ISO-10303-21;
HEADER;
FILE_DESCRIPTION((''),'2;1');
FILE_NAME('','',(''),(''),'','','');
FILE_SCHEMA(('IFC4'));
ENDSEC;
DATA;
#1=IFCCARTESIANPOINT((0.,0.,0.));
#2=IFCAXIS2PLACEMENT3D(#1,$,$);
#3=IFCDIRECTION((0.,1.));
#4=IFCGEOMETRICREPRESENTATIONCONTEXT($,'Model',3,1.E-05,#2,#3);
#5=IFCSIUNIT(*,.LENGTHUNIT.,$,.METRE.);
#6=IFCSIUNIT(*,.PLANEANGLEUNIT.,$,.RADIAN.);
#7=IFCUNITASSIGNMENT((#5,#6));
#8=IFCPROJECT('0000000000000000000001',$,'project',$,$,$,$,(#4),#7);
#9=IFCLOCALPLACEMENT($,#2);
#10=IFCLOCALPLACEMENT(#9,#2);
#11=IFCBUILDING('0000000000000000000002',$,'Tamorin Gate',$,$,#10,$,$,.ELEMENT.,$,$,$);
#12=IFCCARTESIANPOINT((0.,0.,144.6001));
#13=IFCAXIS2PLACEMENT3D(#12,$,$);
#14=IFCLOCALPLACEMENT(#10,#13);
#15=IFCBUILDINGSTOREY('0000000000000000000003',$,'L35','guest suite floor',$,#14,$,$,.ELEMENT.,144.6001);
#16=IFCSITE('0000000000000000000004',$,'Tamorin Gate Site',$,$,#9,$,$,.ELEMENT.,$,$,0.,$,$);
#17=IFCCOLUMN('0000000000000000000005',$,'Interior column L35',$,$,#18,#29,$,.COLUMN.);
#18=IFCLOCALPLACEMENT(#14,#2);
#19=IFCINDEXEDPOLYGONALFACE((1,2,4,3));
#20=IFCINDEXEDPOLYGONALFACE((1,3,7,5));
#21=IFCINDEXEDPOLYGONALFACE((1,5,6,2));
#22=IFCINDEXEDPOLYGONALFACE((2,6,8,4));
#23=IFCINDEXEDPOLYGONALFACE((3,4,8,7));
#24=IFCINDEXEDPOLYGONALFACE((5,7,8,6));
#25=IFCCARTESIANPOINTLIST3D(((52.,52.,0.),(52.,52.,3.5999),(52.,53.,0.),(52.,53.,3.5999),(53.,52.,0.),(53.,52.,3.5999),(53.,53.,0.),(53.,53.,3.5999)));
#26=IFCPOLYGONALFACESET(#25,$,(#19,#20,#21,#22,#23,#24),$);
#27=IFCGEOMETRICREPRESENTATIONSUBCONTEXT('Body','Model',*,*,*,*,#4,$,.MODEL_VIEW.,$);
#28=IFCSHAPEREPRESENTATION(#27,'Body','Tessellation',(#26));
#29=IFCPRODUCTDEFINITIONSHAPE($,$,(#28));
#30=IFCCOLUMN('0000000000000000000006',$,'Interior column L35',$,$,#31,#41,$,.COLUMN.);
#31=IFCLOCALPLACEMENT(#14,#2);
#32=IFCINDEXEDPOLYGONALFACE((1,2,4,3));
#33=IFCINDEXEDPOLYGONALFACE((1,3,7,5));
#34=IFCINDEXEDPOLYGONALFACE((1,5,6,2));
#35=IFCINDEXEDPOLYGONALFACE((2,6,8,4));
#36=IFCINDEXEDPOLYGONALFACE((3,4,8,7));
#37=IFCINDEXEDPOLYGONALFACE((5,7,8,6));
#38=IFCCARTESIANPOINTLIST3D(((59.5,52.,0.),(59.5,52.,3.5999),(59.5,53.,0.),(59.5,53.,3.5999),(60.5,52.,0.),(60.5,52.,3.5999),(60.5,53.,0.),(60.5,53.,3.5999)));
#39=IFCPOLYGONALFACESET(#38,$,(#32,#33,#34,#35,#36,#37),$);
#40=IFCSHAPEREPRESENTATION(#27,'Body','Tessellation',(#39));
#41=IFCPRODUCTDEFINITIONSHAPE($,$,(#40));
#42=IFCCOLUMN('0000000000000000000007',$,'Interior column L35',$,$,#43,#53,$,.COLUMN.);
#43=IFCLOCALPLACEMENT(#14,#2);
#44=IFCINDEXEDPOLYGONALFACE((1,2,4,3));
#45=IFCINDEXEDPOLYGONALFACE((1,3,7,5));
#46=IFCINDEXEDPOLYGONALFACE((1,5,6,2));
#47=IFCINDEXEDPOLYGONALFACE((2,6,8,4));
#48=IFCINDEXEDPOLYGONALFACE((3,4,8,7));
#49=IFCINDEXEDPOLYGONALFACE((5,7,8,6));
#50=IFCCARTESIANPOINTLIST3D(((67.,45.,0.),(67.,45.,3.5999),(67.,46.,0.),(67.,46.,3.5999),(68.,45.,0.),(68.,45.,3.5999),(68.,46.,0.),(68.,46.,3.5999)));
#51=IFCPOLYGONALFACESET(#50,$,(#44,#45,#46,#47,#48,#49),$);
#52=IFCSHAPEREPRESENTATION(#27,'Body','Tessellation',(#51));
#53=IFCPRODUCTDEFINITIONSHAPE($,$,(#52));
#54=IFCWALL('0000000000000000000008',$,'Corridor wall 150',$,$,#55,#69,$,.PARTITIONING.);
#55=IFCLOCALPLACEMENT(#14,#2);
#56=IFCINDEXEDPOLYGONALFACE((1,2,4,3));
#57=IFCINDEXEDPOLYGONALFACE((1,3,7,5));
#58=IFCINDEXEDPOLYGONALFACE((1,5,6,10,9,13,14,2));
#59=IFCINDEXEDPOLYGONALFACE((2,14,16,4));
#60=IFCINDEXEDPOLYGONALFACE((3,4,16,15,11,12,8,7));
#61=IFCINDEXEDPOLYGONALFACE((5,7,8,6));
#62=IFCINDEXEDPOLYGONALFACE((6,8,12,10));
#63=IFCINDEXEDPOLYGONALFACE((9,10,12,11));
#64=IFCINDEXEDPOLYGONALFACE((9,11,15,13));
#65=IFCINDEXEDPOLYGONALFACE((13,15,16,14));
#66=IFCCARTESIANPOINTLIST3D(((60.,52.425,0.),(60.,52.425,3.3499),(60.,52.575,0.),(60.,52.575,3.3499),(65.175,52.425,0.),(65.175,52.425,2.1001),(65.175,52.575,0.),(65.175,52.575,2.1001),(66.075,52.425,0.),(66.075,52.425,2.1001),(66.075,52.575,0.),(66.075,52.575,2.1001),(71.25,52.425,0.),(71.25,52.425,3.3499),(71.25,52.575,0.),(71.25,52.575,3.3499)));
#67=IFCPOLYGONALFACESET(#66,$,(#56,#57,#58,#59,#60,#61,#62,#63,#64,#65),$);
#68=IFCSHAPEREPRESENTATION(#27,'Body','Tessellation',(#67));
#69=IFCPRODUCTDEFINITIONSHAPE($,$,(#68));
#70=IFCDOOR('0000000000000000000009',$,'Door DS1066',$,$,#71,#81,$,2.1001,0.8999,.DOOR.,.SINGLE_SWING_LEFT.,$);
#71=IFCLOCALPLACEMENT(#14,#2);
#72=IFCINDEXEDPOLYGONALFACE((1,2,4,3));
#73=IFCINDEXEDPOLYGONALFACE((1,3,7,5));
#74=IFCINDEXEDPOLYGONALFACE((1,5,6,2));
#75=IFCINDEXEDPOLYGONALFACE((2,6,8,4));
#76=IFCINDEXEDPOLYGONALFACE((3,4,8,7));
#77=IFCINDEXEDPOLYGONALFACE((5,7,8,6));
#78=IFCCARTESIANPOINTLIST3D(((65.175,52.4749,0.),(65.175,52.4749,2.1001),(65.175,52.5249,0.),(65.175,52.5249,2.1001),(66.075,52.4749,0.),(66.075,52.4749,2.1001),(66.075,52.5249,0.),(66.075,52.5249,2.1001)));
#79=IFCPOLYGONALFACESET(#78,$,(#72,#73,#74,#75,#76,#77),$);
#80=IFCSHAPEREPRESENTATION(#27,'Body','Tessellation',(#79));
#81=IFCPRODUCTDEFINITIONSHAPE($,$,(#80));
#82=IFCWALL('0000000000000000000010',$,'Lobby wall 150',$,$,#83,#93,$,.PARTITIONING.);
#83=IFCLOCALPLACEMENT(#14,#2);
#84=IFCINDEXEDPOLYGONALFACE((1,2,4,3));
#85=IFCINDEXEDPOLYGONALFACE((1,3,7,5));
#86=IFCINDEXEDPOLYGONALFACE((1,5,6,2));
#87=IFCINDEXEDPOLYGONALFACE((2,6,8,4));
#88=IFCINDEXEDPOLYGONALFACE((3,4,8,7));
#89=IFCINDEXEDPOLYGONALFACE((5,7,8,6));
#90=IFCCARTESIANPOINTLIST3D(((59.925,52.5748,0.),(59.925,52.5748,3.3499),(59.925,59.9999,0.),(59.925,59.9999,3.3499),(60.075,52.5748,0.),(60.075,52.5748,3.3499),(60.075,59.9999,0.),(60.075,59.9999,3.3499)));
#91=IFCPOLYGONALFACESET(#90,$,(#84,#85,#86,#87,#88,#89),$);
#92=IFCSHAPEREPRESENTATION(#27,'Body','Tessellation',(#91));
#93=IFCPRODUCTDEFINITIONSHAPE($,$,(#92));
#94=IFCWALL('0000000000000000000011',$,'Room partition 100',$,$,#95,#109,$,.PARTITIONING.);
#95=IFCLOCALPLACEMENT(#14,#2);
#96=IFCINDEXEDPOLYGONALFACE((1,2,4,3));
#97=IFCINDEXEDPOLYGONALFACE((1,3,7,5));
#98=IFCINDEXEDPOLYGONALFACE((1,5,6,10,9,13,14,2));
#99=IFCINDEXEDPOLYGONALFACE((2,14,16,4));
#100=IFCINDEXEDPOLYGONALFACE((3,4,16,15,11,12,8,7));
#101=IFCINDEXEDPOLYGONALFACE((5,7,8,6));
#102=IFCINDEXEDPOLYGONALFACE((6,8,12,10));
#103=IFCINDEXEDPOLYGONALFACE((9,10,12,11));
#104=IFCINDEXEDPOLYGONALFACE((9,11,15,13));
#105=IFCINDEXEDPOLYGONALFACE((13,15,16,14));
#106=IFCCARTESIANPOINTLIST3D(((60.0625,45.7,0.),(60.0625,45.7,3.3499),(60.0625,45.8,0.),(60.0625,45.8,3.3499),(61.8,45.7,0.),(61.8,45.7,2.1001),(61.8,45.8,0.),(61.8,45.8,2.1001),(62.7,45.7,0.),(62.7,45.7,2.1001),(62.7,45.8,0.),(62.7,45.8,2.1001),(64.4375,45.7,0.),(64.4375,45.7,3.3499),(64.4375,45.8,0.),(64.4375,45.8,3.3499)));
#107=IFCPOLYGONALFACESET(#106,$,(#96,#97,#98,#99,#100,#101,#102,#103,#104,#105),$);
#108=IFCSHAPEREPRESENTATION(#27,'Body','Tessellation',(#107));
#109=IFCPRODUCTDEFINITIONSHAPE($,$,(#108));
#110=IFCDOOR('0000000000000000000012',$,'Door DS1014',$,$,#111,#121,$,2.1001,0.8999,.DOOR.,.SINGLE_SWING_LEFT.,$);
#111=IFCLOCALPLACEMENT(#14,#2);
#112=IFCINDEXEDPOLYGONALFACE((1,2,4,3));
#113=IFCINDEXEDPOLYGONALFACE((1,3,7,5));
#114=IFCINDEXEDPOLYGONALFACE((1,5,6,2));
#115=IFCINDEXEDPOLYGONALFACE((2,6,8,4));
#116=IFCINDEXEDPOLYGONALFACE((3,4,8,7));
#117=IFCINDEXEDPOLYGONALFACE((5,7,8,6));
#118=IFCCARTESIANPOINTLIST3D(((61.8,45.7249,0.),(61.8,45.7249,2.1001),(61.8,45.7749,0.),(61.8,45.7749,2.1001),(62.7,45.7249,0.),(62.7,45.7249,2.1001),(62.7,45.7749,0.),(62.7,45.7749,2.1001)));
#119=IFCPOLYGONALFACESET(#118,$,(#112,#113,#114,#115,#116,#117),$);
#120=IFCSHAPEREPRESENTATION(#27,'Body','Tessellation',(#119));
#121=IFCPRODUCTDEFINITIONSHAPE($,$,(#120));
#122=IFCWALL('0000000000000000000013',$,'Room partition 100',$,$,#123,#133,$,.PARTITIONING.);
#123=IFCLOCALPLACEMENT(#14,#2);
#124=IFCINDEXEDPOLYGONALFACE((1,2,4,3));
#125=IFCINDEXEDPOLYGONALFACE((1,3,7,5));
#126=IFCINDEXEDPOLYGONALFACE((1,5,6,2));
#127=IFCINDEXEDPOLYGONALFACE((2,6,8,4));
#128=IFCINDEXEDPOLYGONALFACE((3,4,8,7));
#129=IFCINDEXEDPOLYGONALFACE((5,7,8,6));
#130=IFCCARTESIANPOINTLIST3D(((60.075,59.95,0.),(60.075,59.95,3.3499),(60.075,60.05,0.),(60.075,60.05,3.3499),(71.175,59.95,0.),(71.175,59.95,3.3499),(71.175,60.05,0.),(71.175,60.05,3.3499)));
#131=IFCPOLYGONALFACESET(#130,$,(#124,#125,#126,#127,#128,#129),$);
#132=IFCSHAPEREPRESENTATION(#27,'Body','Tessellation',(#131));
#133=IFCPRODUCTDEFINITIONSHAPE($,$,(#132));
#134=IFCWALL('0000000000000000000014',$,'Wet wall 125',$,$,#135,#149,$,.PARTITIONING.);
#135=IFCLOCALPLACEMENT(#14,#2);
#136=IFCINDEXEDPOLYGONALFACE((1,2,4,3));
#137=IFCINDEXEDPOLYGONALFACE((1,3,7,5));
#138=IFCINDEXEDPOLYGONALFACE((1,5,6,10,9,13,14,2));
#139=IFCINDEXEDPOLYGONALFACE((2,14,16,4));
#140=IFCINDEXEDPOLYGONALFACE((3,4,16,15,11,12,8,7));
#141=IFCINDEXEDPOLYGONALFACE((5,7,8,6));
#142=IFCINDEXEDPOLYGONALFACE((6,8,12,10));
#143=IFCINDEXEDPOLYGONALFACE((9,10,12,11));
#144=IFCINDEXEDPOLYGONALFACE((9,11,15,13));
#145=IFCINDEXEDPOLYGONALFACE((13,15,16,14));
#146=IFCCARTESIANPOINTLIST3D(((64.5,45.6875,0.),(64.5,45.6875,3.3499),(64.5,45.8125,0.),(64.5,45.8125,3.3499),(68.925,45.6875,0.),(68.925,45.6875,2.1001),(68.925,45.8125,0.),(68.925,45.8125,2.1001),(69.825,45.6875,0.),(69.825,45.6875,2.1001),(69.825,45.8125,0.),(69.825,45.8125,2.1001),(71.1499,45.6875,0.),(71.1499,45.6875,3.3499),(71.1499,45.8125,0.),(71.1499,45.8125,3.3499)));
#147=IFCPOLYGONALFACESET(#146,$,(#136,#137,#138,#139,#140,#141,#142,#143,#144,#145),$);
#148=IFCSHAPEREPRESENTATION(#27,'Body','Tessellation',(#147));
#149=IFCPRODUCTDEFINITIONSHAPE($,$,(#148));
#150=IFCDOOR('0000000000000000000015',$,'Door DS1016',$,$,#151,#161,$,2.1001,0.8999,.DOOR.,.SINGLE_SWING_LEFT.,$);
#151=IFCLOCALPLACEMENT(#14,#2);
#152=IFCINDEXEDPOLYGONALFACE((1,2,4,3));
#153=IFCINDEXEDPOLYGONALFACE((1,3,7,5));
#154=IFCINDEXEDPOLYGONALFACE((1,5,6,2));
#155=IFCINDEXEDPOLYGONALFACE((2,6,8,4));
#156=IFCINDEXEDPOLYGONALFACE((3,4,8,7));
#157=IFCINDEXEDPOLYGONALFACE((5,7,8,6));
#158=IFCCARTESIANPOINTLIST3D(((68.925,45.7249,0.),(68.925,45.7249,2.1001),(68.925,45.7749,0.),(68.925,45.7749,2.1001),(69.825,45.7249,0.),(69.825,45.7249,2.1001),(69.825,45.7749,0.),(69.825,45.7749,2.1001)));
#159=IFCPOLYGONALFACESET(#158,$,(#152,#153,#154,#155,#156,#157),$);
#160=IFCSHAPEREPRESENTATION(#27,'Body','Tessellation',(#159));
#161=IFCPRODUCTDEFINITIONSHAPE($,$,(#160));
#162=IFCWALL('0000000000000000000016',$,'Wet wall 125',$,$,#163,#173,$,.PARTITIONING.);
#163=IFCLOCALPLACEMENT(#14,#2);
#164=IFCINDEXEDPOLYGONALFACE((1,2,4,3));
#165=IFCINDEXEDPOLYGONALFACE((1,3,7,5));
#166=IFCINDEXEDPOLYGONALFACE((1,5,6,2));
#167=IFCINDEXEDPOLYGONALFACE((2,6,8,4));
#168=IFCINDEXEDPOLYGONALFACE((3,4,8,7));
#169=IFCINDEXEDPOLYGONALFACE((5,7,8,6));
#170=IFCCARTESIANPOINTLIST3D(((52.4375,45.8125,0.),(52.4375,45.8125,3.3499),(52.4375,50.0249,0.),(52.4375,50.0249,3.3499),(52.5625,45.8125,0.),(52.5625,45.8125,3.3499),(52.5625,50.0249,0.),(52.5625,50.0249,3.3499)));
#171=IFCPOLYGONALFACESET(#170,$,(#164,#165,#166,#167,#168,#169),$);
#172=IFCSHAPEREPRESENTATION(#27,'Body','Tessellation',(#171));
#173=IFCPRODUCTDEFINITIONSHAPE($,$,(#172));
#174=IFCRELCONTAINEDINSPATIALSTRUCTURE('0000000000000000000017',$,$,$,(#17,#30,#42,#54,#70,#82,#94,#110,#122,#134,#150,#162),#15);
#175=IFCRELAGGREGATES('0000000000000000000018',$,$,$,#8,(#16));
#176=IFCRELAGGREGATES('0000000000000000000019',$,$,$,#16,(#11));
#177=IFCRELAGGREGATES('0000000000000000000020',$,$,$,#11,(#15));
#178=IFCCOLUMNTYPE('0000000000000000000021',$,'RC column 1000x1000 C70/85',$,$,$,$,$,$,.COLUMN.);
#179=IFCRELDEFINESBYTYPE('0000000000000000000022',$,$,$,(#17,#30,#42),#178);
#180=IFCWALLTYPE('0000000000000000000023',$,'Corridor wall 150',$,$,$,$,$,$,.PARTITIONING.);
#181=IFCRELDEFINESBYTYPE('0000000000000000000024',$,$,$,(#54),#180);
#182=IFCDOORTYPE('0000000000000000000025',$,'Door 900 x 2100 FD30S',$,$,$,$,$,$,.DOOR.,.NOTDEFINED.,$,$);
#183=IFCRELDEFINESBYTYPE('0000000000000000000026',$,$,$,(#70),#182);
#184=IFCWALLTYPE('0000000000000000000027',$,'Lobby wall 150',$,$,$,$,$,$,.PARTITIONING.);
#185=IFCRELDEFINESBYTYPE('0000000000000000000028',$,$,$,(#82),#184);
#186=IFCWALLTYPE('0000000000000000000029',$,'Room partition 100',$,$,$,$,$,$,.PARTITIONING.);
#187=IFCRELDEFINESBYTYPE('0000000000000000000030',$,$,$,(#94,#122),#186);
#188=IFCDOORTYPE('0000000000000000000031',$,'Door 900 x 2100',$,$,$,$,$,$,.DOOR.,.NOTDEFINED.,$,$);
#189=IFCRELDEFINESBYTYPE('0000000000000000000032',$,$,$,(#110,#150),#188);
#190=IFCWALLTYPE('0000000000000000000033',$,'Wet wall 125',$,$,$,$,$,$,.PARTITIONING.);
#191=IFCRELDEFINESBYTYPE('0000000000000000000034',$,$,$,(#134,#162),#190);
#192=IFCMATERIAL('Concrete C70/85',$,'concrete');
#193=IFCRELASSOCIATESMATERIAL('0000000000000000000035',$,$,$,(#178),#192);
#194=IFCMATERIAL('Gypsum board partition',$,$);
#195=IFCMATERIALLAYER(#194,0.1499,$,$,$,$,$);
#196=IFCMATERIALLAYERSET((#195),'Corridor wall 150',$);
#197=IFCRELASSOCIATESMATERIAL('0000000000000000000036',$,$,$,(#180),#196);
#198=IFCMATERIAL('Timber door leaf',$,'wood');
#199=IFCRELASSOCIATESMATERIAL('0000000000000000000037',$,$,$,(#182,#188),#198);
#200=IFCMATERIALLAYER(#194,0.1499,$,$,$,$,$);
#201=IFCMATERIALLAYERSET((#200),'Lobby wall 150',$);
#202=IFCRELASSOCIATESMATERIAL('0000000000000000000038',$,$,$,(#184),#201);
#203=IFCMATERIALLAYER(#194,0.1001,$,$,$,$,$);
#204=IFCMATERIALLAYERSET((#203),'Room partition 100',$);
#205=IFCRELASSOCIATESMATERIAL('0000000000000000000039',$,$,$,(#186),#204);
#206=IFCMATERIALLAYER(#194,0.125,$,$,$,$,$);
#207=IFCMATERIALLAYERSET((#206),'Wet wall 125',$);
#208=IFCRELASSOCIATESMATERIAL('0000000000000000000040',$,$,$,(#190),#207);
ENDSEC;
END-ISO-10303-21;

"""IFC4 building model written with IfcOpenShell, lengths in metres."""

from ifc_helpers import new_model, si_unit, direction, frame, frame_2d, origin, origin_2d, place, context, subcontext, project, spatial, rectangle, extrude, material, layer, layer_set, material_profile, profile_set, type_object, element, fill, save


model = new_model("IFC4")

# Units and contexts
model_context = context("Model", 3, precision=1e-05, world=origin(), true_north=direction((0.0, 1.0)))
body_context = subcontext(model_context, "Body", "Model", "MODEL_VIEW")
ifc_project = project(units=[si_unit("LENGTHUNIT", "METRE"), si_unit("PLANEANGLEUNIT", "RADIAN")], contexts=[model_context])

# Site, building, storey
site_placement = place(None, origin())
site = spatial("IfcSite", under=ifc_project, at=site_placement, Name="Tamorin Gate Site", CompositionType="ELEMENT", RefElevation=0.0)
building_placement = place(site_placement, origin())
building = spatial("IfcBuilding", under=site, at=building_placement, Name="Tamorin Gate", CompositionType="ELEMENT")
storey_placement = place(building_placement, frame((0.0, 0.0, 144.6001)))
storey = spatial("IfcBuildingStorey", under=building, at=storey_placement, Name="L35", Description="guest suite floor", CompositionType="ELEMENT", Elevation=144.6001)

# Columns
ifc_material_1 = material(Name="Concrete C70/85", Category="concrete")
ifc_material_profile = material_profile(ifc_material_1, rectangle(XDim=1.0, YDim=1.0, at=origin_2d()), Name="RC 1000x1000")
ifc_profile_set = profile_set([ifc_material_profile], Name="Concrete C70/85")
column_type = type_object("IfcColumnType", Name="RC column 1000x1000 C70/85", PredefinedType="COLUMN", material=ifc_profile_set)
for number, where, z_axis, x_axis, name in (
    (1, (52.5, 52.5, 0.0), (0.0, 0.0, 1.0), (1.0, 0.0, 0.0), "Interior column L35"),
    (2, (60.0, 52.5, 0.0), (0.0, 0.0, 1.0), (1.0, 0.0, 0.0), "Interior column L35"),
    (3, (67.5, 45.5, 0.0), (0.0, 0.0, 1.0), (1.0, 0.0, 0.0), "Interior column L35"),
):
    element("IfcColumn", number, at=place(storey_placement, frame(where, z_axis=z_axis, x_axis=x_axis)), inside=storey, type_object=column_type, Name=name, PredefinedType="COLUMN", context=body_context, shape_type="SweptSolid", body=[
        extrude(rectangle(XDim=1.0, YDim=1.0, at=origin_2d()), origin(), (0.0, 0.0, 1.0), 3.5999),
    ])

# Wall, opening, door
ifc_material_2 = material(Name="Gypsum board partition")
ifc_layer_1 = layer(ifc_material_2, 0.1499)
ifc_layer_set_1 = layer_set([ifc_layer_1], Name="Corridor wall 150")
wall_type_1 = type_object("IfcWallType", Name="Corridor wall 150", PredefinedType="PARTITIONING", material=ifc_layer_set_1)
wall_1_placement = place(storey_placement, frame((60.0, 52.5, 0.0), z_axis=(0.0, 0.0, 1.0), x_axis=(1.0, 0.0, 0.0)))
wall_1 = element("IfcWall", 4, at=wall_1_placement, inside=storey, type_object=wall_type_1, Name="Corridor wall 150", PredefinedType="PARTITIONING", context=body_context, shape_type="SweptSolid", body=[
    extrude(rectangle(XDim=11.25, YDim=0.1499, at=frame_2d((5.625, 0.0))), origin(), (0.0, 0.0, 1.0), 3.3499),
])
opening_1_placement = place(wall_1_placement, frame((5.175, 0.0, 0.0)))
opening_1 = element("IfcOpeningElement", 5, at=opening_1_placement, cuts=wall_1, PredefinedType="OPENING", context=body_context, shape_type="SweptSolid", body=[
    extrude(rectangle(XDim=0.8999, YDim=2.1001, at=frame_2d((0.45, 1.05))), frame((0.0, 0.085, 0.0), z_axis=(0.0, -1.0, 0.0), x_axis=(1.0, 0.0, 0.0)), (0.0, 0.0, 1.0), 0.1699),
])
ifc_material_3 = material(Name="Timber door leaf", Category="wood")
door_type_1 = type_object("IfcDoorType", Name="Door 900 x 2100 FD30S", OperationType="NOTDEFINED", PredefinedType="DOOR", material=ifc_material_3)
door_1_placement = place(opening_1_placement, origin())
door_1 = element("IfcDoor", 6, at=door_1_placement, inside=storey, type_object=door_type_1, Name="Door DS1066", OperationType="SINGLE_SWING_LEFT", OverallHeight=2.1001, OverallWidth=0.8999, PredefinedType="DOOR", context=body_context, shape_type="SweptSolid", body=[
    extrude(rectangle(XDim=0.8999, YDim=2.1001, at=frame_2d((0.45, 1.05))), frame((0.0, 0.0249, 0.0), z_axis=(0.0, -1.0, 0.0), x_axis=(1.0, 0.0, 0.0)), (0.0, 0.0, 1.0), 0.05),
])
fill(opening_1, door_1)

# Wall
ifc_layer_2 = layer(ifc_material_2, 0.1499)
ifc_layer_set_2 = layer_set([ifc_layer_2], Name="Lobby wall 150")
wall_type_2 = type_object("IfcWallType", Name="Lobby wall 150", PredefinedType="PARTITIONING", material=ifc_layer_set_2)
wall_2_placement = place(storey_placement, frame((60.0, 52.575, 0.0), z_axis=(0.0, 0.0, 1.0), x_axis=(0.0, 1.0, 0.0)))
element("IfcWall", 7, at=wall_2_placement, inside=storey, type_object=wall_type_2, Name="Lobby wall 150", PredefinedType="PARTITIONING", context=body_context, shape_type="SweptSolid", body=[
    extrude(rectangle(XDim=7.425, YDim=0.1499, at=frame_2d((3.7124, 0.0))), origin(), (0.0, 0.0, 1.0), 3.3499),
])

# Wall, opening, door
ifc_layer_3 = layer(ifc_material_2, 0.1001)
ifc_layer_set_3 = layer_set([ifc_layer_3], Name="Room partition 100")
wall_type_3 = type_object("IfcWallType", Name="Room partition 100", PredefinedType="PARTITIONING", material=ifc_layer_set_3)
wall_3_placement = place(storey_placement, frame((60.0625, 45.75, 0.0), z_axis=(0.0, 0.0, 1.0), x_axis=(1.0, 0.0, 0.0)))
wall_3 = element("IfcWall", 8, at=wall_3_placement, inside=storey, type_object=wall_type_3, Name="Room partition 100", PredefinedType="PARTITIONING", context=body_context, shape_type="SweptSolid", body=[
    extrude(rectangle(XDim=4.375, YDim=0.1001, at=frame_2d((2.1875, 0.0))), origin(), (0.0, 0.0, 1.0), 3.3499),
])
opening_2_placement = place(wall_3_placement, frame((1.7375, 0.0, 0.0)))
opening_2 = element("IfcOpeningElement", 9, at=opening_2_placement, cuts=wall_3, PredefinedType="OPENING", context=body_context, shape_type="SweptSolid", body=[
    extrude(rectangle(XDim=0.8999, YDim=2.1001, at=frame_2d((0.45, 1.05))), frame((0.0, 0.0601, 0.0), z_axis=(0.0, -1.0, 0.0), x_axis=(1.0, 0.0, 0.0)), (0.0, 0.0, 1.0), 0.1201),
])
door_type_2 = type_object("IfcDoorType", Name="Door 900 x 2100", OperationType="NOTDEFINED", PredefinedType="DOOR", material=ifc_material_3)
door_2_placement = place(opening_2_placement, origin())
door_2 = element("IfcDoor", 10, at=door_2_placement, inside=storey, type_object=door_type_2, Name="Door DS1014", OperationType="SINGLE_SWING_LEFT", OverallHeight=2.1001, OverallWidth=0.8999, PredefinedType="DOOR", context=body_context, shape_type="SweptSolid", body=[
    extrude(rectangle(XDim=0.8999, YDim=2.1001, at=frame_2d((0.45, 1.05))), frame((0.0, 0.0249, 0.0), z_axis=(0.0, -1.0, 0.0), x_axis=(1.0, 0.0, 0.0)), (0.0, 0.0, 1.0), 0.05),
])
fill(opening_2, door_2)

# Wall
wall_4_placement = place(storey_placement, frame((60.075, 60.0, 0.0), z_axis=(0.0, 0.0, 1.0), x_axis=(1.0, 0.0, 0.0)))
element("IfcWall", 11, at=wall_4_placement, inside=storey, type_object=wall_type_3, Name="Room partition 100", PredefinedType="PARTITIONING", context=body_context, shape_type="SweptSolid", body=[
    extrude(rectangle(XDim=11.1001, YDim=0.1001, at=frame_2d((5.55, 0.0))), origin(), (0.0, 0.0, 1.0), 3.3499),
])

# Wall, opening, door
ifc_layer_4 = layer(ifc_material_2, 0.125)
ifc_layer_set_4 = layer_set([ifc_layer_4], Name="Wet wall 125")
wall_type_4 = type_object("IfcWallType", Name="Wet wall 125", PredefinedType="PARTITIONING", material=ifc_layer_set_4)
wall_5_placement = place(storey_placement, frame((64.5, 45.75, 0.0), z_axis=(0.0, 0.0, 1.0), x_axis=(1.0, 0.0, 0.0)))
wall_5 = element("IfcWall", 12, at=wall_5_placement, inside=storey, type_object=wall_type_4, Name="Wet wall 125", PredefinedType="PARTITIONING", context=body_context, shape_type="SweptSolid", body=[
    extrude(rectangle(XDim=6.6499, YDim=0.125, at=frame_2d((3.325, 0.0))), origin(), (0.0, 0.0, 1.0), 3.3499),
])
opening_3_placement = place(wall_5_placement, frame((4.425, 0.0, 0.0)))
opening_3 = element("IfcOpeningElement", 13, at=opening_3_placement, cuts=wall_5, PredefinedType="OPENING", context=body_context, shape_type="SweptSolid", body=[
    extrude(rectangle(XDim=0.8999, YDim=2.1001, at=frame_2d((0.45, 1.05))), frame((0.0, 0.0725, 0.0), z_axis=(0.0, -1.0, 0.0), x_axis=(1.0, 0.0, 0.0)), (0.0, 0.0, 1.0), 0.145),
])
door_3_placement = place(opening_3_placement, origin())
door_3 = element("IfcDoor", 14, at=door_3_placement, inside=storey, type_object=door_type_2, Name="Door DS1016", OperationType="SINGLE_SWING_LEFT", OverallHeight=2.1001, OverallWidth=0.8999, PredefinedType="DOOR", context=body_context, shape_type="SweptSolid", body=[
    extrude(rectangle(XDim=0.8999, YDim=2.1001, at=frame_2d((0.45, 1.05))), frame((0.0, 0.0249, 0.0), z_axis=(0.0, -1.0, 0.0), x_axis=(1.0, 0.0, 0.0)), (0.0, 0.0, 1.0), 0.05),
])
fill(opening_3, door_3)

# Wall
for number, where, z_axis, x_axis, name in (
    (15, (52.5, 45.8125, 0.0), (0.0, 0.0, 1.0), (0.0, 1.0, 0.0), "Wet wall 125"),
):
    element("IfcWall", number, at=place(storey_placement, frame(where, z_axis=z_axis, x_axis=x_axis)), inside=storey, type_object=wall_type_4, Name=name, PredefinedType="PARTITIONING", context=body_context, shape_type="SweptSolid", body=[
        extrude(rectangle(XDim=4.2124, YDim=0.125, at=frame_2d((2.1062, 0.0))), origin(), (0.0, 0.0, 1.0), 3.3499),
    ])

save(model, "model.ifc")
